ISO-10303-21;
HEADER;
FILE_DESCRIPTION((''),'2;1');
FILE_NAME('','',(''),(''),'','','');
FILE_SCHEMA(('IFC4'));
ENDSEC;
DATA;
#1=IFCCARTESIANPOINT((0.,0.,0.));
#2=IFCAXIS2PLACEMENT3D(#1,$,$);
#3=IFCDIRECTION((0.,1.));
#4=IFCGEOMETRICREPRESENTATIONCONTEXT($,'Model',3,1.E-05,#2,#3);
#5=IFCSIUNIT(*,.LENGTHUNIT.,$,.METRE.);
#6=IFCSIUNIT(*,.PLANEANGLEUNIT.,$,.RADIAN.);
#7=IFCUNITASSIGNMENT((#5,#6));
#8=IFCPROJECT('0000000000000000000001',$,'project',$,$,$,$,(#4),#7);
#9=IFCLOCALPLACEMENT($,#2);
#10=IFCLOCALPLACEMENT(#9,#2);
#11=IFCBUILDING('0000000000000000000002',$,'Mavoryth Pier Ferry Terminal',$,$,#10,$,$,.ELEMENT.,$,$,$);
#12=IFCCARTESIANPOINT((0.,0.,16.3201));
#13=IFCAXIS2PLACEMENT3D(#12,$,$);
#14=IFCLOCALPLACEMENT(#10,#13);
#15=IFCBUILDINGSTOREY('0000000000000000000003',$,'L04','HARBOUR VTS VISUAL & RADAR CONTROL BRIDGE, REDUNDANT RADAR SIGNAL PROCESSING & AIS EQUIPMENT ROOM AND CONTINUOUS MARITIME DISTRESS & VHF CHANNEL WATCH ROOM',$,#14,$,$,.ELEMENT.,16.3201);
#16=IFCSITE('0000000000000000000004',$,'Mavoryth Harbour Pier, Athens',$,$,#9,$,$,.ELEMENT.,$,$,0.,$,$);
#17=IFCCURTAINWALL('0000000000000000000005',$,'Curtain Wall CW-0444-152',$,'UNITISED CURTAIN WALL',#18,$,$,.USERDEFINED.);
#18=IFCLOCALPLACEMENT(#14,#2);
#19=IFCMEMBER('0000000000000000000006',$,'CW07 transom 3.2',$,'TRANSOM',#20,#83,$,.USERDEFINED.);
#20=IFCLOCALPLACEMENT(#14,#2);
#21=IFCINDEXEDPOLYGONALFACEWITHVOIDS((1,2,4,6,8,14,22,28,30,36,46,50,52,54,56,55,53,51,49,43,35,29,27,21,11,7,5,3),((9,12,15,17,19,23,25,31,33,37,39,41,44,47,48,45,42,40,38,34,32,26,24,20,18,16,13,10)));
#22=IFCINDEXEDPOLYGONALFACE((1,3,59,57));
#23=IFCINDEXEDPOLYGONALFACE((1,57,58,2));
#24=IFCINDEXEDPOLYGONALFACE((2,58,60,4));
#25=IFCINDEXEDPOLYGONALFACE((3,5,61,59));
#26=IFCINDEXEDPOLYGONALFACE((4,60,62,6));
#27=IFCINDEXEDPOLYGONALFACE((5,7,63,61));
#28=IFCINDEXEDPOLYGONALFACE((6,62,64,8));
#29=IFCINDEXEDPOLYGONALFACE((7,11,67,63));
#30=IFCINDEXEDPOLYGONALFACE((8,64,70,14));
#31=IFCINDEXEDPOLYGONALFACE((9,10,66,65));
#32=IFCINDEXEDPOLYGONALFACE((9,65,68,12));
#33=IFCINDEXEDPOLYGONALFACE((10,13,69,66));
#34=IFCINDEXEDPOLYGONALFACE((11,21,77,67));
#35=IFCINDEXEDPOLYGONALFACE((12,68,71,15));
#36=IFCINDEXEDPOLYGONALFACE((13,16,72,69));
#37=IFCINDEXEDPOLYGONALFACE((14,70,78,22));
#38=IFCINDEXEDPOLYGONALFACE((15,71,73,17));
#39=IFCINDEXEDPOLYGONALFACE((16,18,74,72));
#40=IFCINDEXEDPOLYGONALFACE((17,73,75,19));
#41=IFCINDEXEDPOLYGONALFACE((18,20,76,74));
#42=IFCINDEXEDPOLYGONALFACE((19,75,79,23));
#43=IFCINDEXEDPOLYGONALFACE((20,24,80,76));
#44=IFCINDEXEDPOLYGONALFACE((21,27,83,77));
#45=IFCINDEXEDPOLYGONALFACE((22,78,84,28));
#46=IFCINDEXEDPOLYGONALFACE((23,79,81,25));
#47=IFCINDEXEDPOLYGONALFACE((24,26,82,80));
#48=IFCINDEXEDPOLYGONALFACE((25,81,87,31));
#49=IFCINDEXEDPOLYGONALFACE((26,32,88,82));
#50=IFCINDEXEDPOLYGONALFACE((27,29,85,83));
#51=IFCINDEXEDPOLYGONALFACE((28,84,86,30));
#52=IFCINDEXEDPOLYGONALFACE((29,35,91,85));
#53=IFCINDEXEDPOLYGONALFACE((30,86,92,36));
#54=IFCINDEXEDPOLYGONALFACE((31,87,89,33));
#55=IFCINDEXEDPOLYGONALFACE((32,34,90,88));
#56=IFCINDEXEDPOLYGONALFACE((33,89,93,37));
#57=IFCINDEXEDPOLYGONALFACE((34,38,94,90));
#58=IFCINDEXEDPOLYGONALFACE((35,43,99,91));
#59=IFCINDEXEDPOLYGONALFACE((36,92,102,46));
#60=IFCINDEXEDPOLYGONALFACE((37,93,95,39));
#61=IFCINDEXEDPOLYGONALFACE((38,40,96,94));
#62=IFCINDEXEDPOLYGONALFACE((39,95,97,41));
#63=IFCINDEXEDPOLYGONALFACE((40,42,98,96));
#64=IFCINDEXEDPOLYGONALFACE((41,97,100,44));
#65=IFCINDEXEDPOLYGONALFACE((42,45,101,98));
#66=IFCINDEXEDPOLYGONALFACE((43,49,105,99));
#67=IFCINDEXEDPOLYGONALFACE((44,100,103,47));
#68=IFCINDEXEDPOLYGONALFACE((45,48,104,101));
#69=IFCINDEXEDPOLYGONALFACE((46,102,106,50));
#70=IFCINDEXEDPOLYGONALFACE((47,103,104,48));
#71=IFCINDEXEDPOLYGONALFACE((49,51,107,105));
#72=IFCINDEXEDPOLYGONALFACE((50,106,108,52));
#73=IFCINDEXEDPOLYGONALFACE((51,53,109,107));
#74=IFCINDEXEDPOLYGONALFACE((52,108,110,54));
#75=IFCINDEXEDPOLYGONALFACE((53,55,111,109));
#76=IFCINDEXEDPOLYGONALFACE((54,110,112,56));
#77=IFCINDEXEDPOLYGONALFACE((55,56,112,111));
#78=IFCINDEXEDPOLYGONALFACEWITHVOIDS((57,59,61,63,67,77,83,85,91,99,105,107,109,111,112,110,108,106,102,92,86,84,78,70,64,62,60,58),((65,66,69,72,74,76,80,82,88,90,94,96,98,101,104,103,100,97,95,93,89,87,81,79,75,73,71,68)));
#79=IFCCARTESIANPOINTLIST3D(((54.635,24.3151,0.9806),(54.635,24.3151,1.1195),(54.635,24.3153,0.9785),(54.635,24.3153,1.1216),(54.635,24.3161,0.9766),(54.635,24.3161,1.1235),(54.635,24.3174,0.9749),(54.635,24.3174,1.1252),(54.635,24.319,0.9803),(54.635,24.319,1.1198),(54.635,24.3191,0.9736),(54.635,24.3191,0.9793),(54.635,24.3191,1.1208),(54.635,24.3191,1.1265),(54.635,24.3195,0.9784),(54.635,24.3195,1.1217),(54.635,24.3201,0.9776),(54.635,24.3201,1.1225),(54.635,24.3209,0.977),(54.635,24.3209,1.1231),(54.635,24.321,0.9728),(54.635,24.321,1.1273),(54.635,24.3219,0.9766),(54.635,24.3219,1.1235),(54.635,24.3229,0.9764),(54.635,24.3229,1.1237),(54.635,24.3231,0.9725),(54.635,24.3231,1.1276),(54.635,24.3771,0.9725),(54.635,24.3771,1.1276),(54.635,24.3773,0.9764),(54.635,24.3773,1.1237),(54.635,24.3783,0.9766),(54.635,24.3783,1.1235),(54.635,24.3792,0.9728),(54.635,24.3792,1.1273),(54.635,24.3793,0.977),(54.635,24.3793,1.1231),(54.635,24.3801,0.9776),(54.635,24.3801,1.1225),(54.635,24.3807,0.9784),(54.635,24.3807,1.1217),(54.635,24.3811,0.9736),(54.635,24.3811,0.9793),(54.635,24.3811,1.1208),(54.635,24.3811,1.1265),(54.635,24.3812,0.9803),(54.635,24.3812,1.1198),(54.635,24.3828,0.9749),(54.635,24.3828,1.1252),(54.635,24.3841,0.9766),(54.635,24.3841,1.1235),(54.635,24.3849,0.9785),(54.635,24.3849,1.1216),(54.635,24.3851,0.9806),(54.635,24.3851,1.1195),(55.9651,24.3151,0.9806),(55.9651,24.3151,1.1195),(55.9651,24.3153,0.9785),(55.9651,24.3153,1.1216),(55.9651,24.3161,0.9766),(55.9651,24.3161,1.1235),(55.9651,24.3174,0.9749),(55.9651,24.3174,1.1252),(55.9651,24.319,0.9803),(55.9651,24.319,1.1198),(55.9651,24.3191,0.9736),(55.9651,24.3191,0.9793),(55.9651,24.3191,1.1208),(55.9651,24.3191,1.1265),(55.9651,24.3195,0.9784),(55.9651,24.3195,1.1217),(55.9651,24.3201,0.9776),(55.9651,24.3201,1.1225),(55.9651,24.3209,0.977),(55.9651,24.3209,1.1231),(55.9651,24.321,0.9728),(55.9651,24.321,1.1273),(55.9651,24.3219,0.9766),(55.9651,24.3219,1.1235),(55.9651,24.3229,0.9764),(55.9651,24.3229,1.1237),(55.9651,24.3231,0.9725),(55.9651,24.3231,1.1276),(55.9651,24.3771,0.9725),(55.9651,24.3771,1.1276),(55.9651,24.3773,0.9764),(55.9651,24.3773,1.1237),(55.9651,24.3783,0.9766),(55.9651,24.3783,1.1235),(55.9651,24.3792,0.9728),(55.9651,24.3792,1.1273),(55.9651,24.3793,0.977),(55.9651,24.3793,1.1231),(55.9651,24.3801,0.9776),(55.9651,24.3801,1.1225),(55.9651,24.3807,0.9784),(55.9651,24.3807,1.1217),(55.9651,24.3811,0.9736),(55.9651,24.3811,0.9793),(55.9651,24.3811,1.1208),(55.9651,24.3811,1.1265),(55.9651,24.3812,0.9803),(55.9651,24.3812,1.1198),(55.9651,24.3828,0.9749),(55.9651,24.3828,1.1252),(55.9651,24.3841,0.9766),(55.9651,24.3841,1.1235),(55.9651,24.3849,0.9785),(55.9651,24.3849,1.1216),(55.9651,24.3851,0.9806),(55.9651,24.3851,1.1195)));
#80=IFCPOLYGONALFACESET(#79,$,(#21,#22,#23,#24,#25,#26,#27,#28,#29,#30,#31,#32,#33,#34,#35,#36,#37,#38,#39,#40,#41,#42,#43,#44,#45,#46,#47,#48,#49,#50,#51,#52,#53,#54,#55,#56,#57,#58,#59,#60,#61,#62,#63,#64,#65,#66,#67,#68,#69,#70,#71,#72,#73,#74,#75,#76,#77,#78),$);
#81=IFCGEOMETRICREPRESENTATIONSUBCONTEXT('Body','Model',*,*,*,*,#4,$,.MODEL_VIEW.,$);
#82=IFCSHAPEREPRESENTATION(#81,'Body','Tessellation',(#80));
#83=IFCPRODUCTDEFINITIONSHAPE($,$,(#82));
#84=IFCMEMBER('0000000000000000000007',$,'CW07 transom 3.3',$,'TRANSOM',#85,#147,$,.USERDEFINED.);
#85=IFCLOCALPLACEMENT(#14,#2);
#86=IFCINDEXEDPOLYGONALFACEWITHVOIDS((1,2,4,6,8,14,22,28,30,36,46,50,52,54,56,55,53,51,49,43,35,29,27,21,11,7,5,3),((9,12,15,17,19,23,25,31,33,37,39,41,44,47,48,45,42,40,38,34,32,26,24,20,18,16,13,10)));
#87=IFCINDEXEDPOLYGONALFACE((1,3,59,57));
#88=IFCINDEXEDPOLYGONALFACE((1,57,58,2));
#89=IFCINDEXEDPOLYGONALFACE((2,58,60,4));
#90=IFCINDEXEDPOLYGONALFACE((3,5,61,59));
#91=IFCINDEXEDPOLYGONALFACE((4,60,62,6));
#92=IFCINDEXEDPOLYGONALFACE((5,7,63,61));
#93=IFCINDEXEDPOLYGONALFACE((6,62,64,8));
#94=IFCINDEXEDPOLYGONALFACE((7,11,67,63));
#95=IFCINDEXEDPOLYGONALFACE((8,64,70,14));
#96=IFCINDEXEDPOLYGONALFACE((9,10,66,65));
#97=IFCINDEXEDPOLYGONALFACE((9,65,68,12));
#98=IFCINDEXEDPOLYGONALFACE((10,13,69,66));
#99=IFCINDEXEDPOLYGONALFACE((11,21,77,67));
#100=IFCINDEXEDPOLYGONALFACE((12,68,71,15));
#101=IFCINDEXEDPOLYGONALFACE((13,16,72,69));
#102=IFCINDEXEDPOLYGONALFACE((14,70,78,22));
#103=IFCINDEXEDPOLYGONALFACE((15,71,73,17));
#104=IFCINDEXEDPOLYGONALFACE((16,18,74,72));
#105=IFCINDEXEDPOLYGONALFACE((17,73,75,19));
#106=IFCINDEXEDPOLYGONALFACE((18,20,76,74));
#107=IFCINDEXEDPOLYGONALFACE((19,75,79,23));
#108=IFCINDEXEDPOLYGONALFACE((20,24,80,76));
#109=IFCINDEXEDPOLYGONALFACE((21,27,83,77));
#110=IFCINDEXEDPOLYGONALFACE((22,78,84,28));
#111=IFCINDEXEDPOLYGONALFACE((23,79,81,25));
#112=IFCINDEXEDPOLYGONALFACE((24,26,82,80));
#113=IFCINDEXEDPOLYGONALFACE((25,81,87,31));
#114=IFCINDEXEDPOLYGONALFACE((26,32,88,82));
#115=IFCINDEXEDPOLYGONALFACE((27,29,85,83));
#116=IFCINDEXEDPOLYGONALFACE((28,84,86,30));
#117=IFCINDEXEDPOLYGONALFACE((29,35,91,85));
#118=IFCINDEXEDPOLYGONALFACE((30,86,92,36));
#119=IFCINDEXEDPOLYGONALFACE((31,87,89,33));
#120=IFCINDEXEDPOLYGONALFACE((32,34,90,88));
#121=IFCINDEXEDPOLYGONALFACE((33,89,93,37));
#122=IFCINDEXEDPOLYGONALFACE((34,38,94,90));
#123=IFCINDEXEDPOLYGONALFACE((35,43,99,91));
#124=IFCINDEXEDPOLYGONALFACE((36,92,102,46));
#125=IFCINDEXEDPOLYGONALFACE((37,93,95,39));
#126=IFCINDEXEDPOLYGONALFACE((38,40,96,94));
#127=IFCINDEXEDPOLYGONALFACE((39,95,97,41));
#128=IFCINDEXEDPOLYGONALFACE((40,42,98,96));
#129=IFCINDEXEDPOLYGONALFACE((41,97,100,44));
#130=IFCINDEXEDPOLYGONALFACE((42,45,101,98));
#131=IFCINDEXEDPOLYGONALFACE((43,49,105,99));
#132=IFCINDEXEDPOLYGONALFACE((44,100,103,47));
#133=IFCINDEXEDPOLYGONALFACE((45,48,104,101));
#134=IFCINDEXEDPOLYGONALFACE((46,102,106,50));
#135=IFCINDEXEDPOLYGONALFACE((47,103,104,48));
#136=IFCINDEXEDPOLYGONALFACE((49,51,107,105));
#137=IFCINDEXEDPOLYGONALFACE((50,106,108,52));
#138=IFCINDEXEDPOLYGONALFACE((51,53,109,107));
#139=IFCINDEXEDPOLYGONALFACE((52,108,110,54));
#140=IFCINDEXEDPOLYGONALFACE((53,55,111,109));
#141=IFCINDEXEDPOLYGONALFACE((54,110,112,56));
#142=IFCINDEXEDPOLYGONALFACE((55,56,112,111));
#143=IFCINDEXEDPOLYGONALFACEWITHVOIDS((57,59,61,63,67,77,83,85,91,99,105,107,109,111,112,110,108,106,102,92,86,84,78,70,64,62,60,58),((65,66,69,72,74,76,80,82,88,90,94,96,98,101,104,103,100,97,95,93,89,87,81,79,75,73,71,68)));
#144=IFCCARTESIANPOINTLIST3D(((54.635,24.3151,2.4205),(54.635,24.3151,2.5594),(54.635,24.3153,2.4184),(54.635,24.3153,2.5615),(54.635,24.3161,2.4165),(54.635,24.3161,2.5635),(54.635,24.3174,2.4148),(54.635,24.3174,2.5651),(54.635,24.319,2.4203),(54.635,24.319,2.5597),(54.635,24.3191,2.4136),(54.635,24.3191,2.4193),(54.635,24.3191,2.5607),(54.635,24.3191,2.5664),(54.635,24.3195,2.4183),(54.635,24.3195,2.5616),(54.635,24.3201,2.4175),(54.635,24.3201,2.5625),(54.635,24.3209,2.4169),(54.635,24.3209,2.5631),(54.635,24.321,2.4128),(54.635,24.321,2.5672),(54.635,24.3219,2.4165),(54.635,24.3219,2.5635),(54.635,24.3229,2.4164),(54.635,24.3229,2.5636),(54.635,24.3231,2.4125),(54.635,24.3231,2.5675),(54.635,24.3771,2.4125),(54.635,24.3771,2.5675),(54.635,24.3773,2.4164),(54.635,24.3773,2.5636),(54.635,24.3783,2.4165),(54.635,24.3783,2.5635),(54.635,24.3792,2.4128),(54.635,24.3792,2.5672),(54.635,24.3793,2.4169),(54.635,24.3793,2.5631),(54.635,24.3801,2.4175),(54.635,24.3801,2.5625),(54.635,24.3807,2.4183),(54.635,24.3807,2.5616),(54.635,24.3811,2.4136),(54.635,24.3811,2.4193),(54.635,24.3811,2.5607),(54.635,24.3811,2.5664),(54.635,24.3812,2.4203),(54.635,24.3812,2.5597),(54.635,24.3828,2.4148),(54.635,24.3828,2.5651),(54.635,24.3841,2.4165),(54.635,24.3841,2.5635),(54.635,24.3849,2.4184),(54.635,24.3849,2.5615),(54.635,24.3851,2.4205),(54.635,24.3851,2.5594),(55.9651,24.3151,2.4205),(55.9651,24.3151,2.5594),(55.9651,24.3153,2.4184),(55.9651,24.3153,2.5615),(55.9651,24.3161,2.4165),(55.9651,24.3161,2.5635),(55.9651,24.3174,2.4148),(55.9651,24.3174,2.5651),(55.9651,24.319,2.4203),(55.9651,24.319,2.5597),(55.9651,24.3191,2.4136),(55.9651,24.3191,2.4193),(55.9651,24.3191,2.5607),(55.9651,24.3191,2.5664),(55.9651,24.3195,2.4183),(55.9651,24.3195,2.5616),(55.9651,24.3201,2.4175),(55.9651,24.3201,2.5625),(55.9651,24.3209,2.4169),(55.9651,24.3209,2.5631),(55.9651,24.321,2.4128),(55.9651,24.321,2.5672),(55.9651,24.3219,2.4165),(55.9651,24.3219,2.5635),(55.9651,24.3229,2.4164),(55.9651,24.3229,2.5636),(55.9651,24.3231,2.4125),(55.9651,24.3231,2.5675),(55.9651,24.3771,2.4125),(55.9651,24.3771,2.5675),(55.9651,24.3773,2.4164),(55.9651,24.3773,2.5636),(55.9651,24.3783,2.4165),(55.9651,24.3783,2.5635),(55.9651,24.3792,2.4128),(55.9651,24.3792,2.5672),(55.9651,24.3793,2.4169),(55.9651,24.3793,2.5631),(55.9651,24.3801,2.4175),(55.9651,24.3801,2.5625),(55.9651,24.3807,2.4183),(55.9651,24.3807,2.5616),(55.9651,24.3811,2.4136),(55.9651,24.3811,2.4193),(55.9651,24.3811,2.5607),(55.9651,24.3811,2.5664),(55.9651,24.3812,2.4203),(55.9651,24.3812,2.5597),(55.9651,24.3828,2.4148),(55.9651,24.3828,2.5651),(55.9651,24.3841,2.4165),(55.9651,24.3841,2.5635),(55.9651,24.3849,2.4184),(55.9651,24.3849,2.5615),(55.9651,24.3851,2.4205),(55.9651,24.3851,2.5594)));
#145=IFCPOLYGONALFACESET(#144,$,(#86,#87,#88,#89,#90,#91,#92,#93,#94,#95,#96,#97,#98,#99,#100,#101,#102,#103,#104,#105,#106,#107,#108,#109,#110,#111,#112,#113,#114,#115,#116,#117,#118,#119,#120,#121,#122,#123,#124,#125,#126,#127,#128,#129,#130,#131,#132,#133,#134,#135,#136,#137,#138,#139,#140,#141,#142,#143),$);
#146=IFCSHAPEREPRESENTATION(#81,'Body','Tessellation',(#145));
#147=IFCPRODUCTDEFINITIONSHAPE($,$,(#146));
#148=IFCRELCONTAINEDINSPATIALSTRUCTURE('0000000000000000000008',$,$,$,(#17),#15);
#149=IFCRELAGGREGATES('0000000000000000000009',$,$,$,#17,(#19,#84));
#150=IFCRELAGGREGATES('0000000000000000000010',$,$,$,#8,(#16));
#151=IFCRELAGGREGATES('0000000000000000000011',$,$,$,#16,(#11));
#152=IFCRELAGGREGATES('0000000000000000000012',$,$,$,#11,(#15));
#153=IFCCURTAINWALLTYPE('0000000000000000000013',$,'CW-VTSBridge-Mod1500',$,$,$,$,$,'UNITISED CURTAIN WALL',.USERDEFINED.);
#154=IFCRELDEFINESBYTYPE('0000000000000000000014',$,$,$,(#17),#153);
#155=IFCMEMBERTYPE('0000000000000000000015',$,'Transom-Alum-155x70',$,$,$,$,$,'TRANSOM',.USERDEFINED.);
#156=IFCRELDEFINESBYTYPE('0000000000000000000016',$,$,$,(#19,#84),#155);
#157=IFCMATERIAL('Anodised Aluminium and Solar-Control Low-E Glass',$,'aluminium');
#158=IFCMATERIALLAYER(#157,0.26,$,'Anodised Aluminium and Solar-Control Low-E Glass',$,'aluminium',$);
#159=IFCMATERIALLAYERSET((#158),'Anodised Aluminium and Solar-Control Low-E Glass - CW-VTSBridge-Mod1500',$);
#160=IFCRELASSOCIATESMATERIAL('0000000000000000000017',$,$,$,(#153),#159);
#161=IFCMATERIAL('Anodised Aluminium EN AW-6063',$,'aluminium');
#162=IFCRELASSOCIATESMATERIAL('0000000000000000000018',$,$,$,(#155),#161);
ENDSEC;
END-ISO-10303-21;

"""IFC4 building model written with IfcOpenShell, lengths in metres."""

from ifc_helpers import new_model, si_unit, direction, frame, origin, origin_2d, place, context, subcontext, project, spatial, hollow_rectangle, extrude, material, layer, layer_set, material_profile, profile_set, type_object, element, aggregate, save


model = new_model("IFC4")

# Units and contexts
model_context = context("Model", 3, precision=1e-05, world=origin(), true_north=direction((0.0, 1.0)))
body_context = subcontext(model_context, "Body", "Model", "MODEL_VIEW")
ifc_project = project(units=[si_unit("LENGTHUNIT", "METRE"), si_unit("PLANEANGLEUNIT", "RADIAN")], contexts=[model_context])

# Site, building, storey
site_placement = place(None, origin())
site = spatial("IfcSite", under=ifc_project, at=site_placement, Name="Mavoryth Harbour Pier, Athens", CompositionType="ELEMENT", RefElevation=0.0)
building_placement = place(site_placement, origin())
building = spatial("IfcBuilding", under=site, at=building_placement, Name="Mavoryth Pier Ferry Terminal", CompositionType="ELEMENT")
storey_placement = place(building_placement, frame((0.0, 0.0, 16.3201)))
storey = spatial("IfcBuildingStorey", under=building, at=storey_placement, Name="L04", Description="HARBOUR VTS VISUAL & RADAR CONTROL BRIDGE, REDUNDANT RADAR SIGNAL PROCESSING & AIS EQUIPMENT ROOM AND CONTINUOUS MARITIME DISTRESS & VHF CHANNEL WATCH ROOM", CompositionType="ELEMENT", Elevation=16.3201)

# Curtain wall
ifc_material_1 = material(Name="Anodised Aluminium and Solar-Control Low-E Glass", Category="aluminium")
ifc_layer_1 = layer(ifc_material_1, 0.26, Name="Anodised Aluminium and Solar-Control Low-E Glass", Category="aluminium")
ifc_layer_set_1 = layer_set([ifc_layer_1], Name="Anodised Aluminium and Solar-Control Low-E Glass - CW-VTSBridge-Mod1500")
curtain_wall_type = type_object("IfcCurtainWallType", Name="CW-VTSBridge-Mod1500", ElementType="UNITISED CURTAIN WALL", PredefinedType="USERDEFINED", material=ifc_layer_set_1)
curtain_wall_placement = place(storey_placement, origin())
curtain_wall = element("IfcCurtainWall", 1, at=curtain_wall_placement, inside=storey, type_object=curtain_wall_type, Name="Curtain Wall CW-0444-152", ObjectType="UNITISED CURTAIN WALL", PredefinedType="USERDEFINED")
ifc_material_2 = material(Name="Anodised Aluminium EN AW-6063", Category="aluminium")

# Members
ifc_material_profile_1 = material_profile(ifc_material_2, hollow_rectangle(XDim=0.0701, YDim=0.155, WallThickness=0.0039, InnerFilletRadius=0.0039, OuterFilletRadius=0.0081, at=origin_2d()), Name="AL-TRAN 155x70x4", Category="aluminium")
ifc_profile_set_1 = profile_set([ifc_material_profile_1], Name="Anodised Aluminium EN AW-6063 - AL-TRAN 155x70x4")
member_type_1 = type_object("IfcMemberType", Name="Transom-Alum-155x70", ElementType="TRANSOM", PredefinedType="USERDEFINED", material=ifc_profile_set_1)
member_1_placement = place(storey_placement, frame((55.9651, 24.3501, 1.05), z_axis=(-1.0, 0.0, 0.0), x_axis=(0.0, -1.0, 0.0)))
member_1 = element("IfcMember", 2, at=member_1_placement, type_object=member_type_1, Name="CW07 transom 3.2", ObjectType="TRANSOM", PredefinedType="USERDEFINED", context=body_context, shape_type="SweptSolid", body=[
    extrude(hollow_rectangle(XDim=0.0701, YDim=0.155, WallThickness=0.0039, InnerFilletRadius=0.0039, OuterFilletRadius=0.0081, at=origin_2d()), origin(), (0.0, 0.0, 1.0), 1.3301),
])
member_2_placement = place(storey_placement, frame((55.9651, 24.3501, 2.49), z_axis=(-1.0, 0.0, 0.0), x_axis=(0.0, -1.0, 0.0)))
member_2 = element("IfcMember", 3, at=member_2_placement, type_object=member_type_1, Name="CW07 transom 3.3", ObjectType="TRANSOM", PredefinedType="USERDEFINED", context=body_context, shape_type="SweptSolid", body=[
    extrude(hollow_rectangle(XDim=0.0701, YDim=0.155, WallThickness=0.0039, InnerFilletRadius=0.0039, OuterFilletRadius=0.0081, at=origin_2d()), origin(), (0.0, 0.0, 1.0), 1.3301),
])

aggregate(curtain_wall, [member_1, member_2])

save(model, "model.ifc")
